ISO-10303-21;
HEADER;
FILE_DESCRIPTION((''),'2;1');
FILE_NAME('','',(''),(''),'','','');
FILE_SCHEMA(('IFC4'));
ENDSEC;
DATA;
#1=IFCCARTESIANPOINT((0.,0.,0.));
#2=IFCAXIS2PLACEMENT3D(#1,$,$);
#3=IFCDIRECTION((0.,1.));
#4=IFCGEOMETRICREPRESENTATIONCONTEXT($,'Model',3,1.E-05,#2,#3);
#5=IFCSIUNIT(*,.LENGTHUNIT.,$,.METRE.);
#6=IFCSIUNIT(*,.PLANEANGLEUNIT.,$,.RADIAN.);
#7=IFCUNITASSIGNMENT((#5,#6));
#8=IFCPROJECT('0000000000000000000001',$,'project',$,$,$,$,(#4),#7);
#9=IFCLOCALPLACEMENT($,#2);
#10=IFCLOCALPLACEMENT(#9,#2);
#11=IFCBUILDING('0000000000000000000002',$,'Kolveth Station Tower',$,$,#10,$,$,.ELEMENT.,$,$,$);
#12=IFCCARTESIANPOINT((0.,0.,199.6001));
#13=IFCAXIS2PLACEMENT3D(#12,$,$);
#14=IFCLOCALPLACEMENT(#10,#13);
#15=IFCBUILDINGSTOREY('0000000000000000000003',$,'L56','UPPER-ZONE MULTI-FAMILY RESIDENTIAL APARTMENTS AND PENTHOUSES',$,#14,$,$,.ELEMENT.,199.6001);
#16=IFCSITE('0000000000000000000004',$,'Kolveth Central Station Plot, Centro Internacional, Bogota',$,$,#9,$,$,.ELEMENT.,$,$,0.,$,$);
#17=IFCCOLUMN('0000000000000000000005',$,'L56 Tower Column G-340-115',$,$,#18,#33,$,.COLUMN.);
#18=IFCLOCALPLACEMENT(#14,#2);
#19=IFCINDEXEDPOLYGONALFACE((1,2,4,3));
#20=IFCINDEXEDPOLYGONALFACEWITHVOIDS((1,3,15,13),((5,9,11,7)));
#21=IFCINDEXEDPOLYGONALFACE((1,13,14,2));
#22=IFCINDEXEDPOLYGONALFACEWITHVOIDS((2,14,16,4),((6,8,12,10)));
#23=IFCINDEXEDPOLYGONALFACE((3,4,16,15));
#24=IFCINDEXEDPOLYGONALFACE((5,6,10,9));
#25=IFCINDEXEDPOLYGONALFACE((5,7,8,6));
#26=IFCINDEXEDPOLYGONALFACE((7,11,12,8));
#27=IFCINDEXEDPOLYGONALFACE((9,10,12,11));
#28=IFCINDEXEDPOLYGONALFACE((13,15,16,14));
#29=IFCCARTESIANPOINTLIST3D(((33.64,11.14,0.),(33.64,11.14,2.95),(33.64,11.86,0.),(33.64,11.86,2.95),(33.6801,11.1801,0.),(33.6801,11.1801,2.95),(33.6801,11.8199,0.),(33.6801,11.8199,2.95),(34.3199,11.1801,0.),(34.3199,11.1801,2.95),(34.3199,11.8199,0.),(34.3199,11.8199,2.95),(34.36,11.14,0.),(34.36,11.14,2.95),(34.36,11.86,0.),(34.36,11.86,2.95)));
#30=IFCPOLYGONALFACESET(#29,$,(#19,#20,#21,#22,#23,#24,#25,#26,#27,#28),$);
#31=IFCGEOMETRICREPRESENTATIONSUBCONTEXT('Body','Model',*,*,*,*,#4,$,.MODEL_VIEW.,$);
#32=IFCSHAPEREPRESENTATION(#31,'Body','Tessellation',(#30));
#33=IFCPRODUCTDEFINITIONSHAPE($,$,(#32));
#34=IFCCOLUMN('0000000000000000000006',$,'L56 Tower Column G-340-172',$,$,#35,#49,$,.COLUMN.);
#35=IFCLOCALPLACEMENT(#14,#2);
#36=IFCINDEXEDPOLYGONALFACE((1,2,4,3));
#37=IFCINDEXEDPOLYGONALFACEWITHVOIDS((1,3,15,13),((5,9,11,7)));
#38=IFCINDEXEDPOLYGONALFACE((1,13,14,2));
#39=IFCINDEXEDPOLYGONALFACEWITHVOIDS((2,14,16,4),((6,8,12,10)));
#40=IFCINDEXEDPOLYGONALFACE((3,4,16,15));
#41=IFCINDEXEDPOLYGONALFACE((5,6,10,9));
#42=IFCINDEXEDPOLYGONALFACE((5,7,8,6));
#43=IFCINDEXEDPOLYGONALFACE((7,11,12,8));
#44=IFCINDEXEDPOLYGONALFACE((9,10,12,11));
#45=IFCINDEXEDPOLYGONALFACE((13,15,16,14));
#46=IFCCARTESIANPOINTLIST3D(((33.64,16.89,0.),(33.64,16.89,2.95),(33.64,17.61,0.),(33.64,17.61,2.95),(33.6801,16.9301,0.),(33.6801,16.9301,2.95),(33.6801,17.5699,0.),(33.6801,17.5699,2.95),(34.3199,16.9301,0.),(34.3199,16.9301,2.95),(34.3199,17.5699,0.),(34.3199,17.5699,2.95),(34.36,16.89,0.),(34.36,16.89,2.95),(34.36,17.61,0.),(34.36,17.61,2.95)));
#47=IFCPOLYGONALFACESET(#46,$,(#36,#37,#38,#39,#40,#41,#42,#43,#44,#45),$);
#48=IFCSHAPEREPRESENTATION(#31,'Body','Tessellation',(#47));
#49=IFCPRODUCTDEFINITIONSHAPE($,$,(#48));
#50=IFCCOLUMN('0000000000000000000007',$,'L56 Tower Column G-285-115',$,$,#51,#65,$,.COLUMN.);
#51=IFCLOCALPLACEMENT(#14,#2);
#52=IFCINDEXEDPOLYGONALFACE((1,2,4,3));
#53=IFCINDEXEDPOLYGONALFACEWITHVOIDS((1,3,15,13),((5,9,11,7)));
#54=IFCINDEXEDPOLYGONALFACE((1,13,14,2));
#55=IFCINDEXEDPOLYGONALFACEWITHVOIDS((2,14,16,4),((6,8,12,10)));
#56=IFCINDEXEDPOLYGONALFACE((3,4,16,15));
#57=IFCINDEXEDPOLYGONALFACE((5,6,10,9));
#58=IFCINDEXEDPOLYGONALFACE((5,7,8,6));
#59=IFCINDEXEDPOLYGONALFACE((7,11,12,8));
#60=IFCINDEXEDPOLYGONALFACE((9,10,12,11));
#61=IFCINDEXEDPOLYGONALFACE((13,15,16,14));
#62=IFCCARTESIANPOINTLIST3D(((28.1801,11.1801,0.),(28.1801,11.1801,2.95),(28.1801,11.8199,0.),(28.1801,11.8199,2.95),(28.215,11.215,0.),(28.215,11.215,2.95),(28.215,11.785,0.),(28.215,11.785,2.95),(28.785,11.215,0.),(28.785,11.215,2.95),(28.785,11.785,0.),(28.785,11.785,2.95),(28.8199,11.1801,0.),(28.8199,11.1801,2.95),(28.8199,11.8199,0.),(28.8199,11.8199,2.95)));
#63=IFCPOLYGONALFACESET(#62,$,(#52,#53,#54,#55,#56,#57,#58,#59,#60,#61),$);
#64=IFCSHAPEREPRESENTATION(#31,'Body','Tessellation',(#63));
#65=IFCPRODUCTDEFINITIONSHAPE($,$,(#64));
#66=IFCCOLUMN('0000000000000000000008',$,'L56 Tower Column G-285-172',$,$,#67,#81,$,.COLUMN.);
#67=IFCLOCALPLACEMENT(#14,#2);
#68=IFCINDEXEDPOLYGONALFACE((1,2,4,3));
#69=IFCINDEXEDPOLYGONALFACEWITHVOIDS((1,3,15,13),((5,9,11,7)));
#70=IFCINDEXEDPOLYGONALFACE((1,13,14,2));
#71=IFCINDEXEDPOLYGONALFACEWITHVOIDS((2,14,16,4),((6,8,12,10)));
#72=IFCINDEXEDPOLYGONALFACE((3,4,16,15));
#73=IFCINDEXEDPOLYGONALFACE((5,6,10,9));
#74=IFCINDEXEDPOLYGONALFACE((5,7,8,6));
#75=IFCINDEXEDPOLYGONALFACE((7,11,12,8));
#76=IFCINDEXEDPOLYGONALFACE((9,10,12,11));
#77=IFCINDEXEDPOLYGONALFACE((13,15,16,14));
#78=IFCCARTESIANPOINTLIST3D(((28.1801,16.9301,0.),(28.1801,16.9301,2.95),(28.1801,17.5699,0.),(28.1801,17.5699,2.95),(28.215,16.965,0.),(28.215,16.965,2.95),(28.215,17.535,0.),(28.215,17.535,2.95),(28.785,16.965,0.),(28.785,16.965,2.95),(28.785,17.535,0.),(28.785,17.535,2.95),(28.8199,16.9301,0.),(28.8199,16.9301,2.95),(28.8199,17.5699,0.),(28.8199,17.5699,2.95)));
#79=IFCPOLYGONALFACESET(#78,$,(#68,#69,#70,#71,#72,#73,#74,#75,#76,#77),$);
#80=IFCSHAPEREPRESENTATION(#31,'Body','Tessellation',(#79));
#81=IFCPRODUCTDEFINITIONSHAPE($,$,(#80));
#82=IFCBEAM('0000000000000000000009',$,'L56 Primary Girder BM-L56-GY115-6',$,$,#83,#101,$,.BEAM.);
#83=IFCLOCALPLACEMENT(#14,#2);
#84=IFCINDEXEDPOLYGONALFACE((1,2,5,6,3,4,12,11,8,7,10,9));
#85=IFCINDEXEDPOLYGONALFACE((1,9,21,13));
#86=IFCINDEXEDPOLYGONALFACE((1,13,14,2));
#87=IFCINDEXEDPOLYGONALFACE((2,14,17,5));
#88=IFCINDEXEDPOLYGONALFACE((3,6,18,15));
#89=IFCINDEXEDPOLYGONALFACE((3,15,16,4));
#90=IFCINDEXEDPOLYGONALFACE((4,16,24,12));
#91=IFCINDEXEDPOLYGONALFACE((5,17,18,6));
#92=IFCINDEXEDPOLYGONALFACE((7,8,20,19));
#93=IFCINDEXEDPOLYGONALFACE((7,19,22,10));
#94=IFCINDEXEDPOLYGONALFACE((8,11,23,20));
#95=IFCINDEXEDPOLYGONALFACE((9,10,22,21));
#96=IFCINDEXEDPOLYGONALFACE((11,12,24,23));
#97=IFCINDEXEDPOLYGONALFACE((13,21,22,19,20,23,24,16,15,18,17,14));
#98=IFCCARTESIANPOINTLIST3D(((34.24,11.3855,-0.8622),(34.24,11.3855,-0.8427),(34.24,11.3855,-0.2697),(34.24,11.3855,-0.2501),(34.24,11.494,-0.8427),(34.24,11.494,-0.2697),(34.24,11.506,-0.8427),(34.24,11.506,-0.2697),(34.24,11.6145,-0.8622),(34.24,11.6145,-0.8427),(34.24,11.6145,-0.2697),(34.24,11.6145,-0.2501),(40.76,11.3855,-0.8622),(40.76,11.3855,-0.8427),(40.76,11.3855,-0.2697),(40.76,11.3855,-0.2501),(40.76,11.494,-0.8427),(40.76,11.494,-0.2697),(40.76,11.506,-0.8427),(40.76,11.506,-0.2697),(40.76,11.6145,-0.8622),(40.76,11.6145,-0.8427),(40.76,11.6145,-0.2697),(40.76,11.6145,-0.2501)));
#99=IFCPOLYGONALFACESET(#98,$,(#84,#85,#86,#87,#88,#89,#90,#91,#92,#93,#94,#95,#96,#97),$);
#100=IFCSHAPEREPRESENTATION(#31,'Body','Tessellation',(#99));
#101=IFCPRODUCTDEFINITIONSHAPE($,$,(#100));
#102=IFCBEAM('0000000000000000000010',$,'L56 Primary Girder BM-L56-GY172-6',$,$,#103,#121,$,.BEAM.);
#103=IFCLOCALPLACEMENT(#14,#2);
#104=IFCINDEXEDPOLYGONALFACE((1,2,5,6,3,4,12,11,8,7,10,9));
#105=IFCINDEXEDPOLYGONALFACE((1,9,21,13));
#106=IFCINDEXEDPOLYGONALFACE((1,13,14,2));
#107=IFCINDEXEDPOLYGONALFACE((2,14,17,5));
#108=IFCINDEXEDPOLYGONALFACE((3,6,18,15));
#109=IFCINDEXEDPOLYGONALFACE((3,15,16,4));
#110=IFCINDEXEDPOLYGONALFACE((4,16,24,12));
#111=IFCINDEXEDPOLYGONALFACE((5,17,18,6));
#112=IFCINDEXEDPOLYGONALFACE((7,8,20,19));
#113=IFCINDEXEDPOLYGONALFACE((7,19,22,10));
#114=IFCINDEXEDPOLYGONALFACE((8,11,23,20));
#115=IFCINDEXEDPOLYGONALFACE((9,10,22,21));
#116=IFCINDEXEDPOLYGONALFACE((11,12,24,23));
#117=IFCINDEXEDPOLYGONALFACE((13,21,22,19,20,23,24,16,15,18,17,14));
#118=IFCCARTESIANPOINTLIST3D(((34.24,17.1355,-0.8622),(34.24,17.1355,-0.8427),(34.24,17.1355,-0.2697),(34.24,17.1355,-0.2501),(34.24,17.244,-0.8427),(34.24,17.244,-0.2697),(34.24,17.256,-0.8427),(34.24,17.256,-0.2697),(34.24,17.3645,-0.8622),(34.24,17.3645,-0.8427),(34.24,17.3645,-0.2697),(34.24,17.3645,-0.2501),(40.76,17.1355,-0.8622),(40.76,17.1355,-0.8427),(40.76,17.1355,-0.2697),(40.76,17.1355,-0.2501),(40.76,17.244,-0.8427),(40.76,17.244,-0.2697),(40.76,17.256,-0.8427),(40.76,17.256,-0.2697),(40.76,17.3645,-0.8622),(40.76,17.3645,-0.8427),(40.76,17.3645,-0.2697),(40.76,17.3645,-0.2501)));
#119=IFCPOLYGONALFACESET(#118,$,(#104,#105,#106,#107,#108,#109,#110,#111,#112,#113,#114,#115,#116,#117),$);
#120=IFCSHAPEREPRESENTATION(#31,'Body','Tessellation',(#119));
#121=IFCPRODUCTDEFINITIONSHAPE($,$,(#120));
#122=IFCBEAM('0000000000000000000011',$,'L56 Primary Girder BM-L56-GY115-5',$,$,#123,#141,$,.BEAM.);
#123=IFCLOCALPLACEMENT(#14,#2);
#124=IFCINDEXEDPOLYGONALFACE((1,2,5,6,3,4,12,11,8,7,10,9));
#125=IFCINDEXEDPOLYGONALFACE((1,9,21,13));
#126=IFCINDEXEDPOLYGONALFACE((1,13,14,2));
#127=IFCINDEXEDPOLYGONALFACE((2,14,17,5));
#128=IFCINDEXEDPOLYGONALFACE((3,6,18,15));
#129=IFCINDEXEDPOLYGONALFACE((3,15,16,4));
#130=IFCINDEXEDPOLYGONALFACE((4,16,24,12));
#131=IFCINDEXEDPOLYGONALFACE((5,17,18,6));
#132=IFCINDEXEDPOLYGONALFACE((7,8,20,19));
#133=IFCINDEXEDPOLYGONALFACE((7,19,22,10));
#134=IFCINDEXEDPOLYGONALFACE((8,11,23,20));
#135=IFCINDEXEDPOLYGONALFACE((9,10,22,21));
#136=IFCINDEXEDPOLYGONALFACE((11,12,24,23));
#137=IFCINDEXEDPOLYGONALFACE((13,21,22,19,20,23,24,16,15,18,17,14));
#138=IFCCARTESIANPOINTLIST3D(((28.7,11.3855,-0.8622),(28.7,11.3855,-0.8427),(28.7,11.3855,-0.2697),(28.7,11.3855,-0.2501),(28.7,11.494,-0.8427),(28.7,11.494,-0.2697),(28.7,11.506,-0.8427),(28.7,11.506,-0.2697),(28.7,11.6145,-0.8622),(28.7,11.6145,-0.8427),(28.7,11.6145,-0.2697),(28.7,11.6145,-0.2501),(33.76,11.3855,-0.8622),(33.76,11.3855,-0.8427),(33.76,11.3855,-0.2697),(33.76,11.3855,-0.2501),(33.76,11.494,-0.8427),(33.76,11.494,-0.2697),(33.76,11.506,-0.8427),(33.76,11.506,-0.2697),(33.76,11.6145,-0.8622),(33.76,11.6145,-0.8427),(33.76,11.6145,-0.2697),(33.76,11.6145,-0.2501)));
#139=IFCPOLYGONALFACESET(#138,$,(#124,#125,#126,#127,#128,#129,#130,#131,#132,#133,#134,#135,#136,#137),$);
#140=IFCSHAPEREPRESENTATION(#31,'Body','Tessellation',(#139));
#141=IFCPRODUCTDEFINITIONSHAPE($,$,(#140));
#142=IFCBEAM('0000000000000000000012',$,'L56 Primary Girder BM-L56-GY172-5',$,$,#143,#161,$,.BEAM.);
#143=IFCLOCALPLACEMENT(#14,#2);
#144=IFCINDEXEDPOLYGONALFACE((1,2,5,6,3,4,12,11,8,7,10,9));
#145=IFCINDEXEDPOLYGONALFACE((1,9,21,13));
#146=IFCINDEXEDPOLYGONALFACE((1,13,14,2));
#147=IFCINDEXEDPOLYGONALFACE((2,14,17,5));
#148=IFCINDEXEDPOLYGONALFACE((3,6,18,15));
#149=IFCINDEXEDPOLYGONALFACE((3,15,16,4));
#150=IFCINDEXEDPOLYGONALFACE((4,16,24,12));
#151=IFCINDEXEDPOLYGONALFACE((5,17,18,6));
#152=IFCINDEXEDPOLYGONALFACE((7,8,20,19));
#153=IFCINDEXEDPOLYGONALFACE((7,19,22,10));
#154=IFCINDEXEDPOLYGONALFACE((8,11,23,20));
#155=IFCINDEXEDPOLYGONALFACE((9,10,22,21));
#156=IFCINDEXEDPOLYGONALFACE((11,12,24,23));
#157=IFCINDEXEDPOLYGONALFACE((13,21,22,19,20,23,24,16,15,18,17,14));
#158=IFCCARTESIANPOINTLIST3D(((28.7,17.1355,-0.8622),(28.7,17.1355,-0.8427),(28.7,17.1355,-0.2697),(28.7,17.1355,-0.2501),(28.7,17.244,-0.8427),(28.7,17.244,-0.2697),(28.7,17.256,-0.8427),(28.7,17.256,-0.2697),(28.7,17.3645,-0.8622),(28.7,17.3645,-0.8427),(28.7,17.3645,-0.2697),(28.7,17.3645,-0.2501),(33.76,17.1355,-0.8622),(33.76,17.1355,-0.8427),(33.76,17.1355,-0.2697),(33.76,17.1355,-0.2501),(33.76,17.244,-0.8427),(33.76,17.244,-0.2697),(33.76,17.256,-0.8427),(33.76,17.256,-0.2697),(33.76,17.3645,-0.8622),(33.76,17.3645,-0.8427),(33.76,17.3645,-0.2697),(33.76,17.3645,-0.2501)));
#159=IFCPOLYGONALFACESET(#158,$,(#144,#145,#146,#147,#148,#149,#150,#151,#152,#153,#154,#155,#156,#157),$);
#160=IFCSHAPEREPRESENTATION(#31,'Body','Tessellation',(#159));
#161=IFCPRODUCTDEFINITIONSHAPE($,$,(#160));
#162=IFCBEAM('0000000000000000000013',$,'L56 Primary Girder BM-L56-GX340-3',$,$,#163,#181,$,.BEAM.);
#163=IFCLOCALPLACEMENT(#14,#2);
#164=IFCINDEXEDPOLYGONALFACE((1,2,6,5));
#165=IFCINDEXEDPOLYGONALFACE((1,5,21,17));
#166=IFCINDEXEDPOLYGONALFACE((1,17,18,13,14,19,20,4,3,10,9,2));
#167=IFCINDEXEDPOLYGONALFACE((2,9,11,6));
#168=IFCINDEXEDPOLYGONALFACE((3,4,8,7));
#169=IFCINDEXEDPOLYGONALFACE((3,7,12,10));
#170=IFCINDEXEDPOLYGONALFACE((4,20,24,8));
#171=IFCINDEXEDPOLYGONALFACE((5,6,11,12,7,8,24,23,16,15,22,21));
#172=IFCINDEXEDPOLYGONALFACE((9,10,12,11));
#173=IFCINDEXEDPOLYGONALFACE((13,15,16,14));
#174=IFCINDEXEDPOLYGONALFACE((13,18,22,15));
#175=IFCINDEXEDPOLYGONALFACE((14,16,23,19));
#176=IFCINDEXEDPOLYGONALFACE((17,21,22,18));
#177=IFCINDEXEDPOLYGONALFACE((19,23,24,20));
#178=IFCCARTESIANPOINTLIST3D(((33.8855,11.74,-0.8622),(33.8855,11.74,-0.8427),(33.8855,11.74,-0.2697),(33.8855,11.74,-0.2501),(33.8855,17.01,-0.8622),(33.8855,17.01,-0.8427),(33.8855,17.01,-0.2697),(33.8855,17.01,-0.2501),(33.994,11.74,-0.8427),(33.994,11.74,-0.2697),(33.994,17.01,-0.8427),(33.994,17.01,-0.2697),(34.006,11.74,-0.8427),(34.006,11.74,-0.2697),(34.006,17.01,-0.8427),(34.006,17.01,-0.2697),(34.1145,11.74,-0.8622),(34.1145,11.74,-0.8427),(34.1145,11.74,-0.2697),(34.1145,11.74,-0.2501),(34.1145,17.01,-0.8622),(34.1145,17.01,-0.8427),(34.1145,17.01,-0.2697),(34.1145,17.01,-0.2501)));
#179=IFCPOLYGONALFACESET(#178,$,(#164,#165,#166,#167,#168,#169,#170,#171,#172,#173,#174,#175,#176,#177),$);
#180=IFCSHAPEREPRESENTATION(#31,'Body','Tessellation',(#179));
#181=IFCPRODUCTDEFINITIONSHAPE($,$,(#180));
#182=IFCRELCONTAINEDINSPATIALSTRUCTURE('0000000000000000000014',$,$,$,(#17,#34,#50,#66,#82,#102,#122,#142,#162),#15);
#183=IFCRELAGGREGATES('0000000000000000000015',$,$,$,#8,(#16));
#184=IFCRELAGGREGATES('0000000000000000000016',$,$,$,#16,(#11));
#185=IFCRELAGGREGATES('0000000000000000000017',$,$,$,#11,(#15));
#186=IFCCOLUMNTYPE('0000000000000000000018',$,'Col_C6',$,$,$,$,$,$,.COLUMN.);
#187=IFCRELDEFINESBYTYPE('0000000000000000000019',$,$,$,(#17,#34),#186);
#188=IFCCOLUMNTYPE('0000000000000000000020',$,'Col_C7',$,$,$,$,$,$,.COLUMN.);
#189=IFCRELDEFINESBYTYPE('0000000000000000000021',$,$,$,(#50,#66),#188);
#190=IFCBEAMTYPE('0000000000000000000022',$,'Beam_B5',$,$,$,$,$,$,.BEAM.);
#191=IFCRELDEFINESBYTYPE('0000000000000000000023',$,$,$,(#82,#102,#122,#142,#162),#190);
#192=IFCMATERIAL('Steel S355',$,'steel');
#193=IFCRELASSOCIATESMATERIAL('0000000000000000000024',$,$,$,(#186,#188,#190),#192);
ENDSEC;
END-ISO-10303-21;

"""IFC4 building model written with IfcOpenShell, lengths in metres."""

from ifc_helpers import new_model, si_unit, direction, frame, origin, origin_2d, place, context, subcontext, project, spatial, hollow_rectangle, i_section, extrude, source, transform, mapped, material, material_profile, profile_set, type_object, element, save


model = new_model("IFC4")

# Units and contexts
model_context = context("Model", 3, precision=1e-05, world=origin(), true_north=direction((0.0, 1.0)))
body_context = subcontext(model_context, "Body", "Model", "MODEL_VIEW")
ifc_project = project(units=[si_unit("LENGTHUNIT", "METRE"), si_unit("PLANEANGLEUNIT", "RADIAN")], contexts=[model_context])

# Site, building, storey
site_placement = place(None, origin())
site = spatial("IfcSite", under=ifc_project, at=site_placement, Name="Kolveth Central Station Plot, Centro Internacional, Bogota", CompositionType="ELEMENT", RefElevation=0.0)
building_placement = place(site_placement, origin())
building = spatial("IfcBuilding", under=site, at=building_placement, Name="Kolveth Station Tower", CompositionType="ELEMENT")
storey_placement = place(building_placement, frame((0.0, 0.0, 199.6001)))
storey = spatial("IfcBuildingStorey", under=building, at=storey_placement, Name="L56", Description="UPPER-ZONE MULTI-FAMILY RESIDENTIAL APARTMENTS AND PENTHOUSES", CompositionType="ELEMENT", Elevation=199.6001)

# Columns
ifc_material_1 = material(Name="Steel S355", Category="steel")
ifc_material_profile_1 = material_profile(ifc_material_1, hollow_rectangle(XDim=0.72, YDim=0.72, WallThickness=0.04, at=origin_2d()), Name="BOX720x720x40")
ifc_profile_set_1 = profile_set([ifc_material_profile_1], Name="Steel S355")
column_type_1 = type_object("IfcColumnType", Name="Col_C6", PredefinedType="COLUMN", material=ifc_profile_set_1)
shared_shape_1 = source(origin(), body_context, "Body", "SweptSolid", [
    extrude(hollow_rectangle(XDim=0.72, YDim=0.72, WallThickness=0.04, at=origin_2d()), origin(), (0.0, 0.0, 1.0), 2.95),
])
for number, where, z_axis, x_axis, name in (
    (1, (34.0, 11.5, 0.0), (0.0, 0.0, 1.0), (1.0, 0.0, 0.0), "L56 Tower Column G-340-115"),
    (2, (34.0, 17.25, 0.0), (0.0, 0.0, 1.0), (1.0, 0.0, 0.0), "L56 Tower Column G-340-172"),
):
    element("IfcColumn", number, at=place(storey_placement, frame(where, z_axis=z_axis, x_axis=x_axis)), inside=storey, type_object=column_type_1, Name=name, PredefinedType="COLUMN", context=body_context, shape_type="MappedRepresentation", body=[
        mapped(shared_shape_1, transform((0.0, 0.0, 0.0), x_axis=(1.0, 0.0, 0.0), y_axis=(0.0, 1.0, 0.0), z_axis=(0.0, 0.0, 1.0), scale=1.0)),
    ])
ifc_material_profile_2 = material_profile(ifc_material_1, hollow_rectangle(XDim=0.6399, YDim=0.6399, WallThickness=0.0349, at=origin_2d()), Name="BOX640x640x35")
ifc_profile_set_2 = profile_set([ifc_material_profile_2], Name="Steel S355")
column_type_2 = type_object("IfcColumnType", Name="Col_C7", PredefinedType="COLUMN", material=ifc_profile_set_2)
shared_shape_2 = source(origin(), body_context, "Body", "SweptSolid", [
    extrude(hollow_rectangle(XDim=0.6399, YDim=0.6399, WallThickness=0.0349, at=origin_2d()), origin(), (0.0, 0.0, 1.0), 2.95),
])
for number, where, z_axis, x_axis, name in (
    (3, (28.5, 11.5, 0.0), (0.0, 0.0, 1.0), (1.0, 0.0, 0.0), "L56 Tower Column G-285-115"),
    (4, (28.5, 17.25, 0.0), (0.0, 0.0, 1.0), (1.0, 0.0, 0.0), "L56 Tower Column G-285-172"),
):
    element("IfcColumn", number, at=place(storey_placement, frame(where, z_axis=z_axis, x_axis=x_axis)), inside=storey, type_object=column_type_2, Name=name, PredefinedType="COLUMN", context=body_context, shape_type="MappedRepresentation", body=[
        mapped(shared_shape_2, transform((0.0, 0.0, 0.0), x_axis=(1.0, 0.0, 0.0), y_axis=(0.0, 1.0, 0.0), z_axis=(0.0, 0.0, 1.0), scale=1.0)),
    ])

# Beams
ifc_material_profile_3 = material_profile(ifc_material_1, i_section(OverallWidth=0.229, OverallDepth=0.6121, WebThickness=0.012, FlangeThickness=0.0195, at=origin_2d()), Name="W610x125")
ifc_profile_set_3 = profile_set([ifc_material_profile_3], Name="Steel S355")
beam_type_1 = type_object("IfcBeamType", Name="Beam_B5", PredefinedType="BEAM", material=ifc_profile_set_3)
shared_shape_3 = source(origin(), body_context, "Body", "SweptSolid", [
    extrude(i_section(OverallWidth=0.229, OverallDepth=0.6121, WebThickness=0.012, FlangeThickness=0.0195, at=origin_2d()), origin(), (0.0, 0.0, 1.0), 6.52),
])
for number, where, z_axis, x_axis, name in (
    (5, (34.24, 11.5, -0.5562), (1.0, 0.0, 0.0), (0.0, 1.0, 0.0), "L56 Primary Girder BM-L56-GY115-6"),
    (6, (34.24, 17.25, -0.5562), (1.0, 0.0, 0.0), (0.0, 1.0, 0.0), "L56 Primary Girder BM-L56-GY172-6"),
):
    element("IfcBeam", number, at=place(storey_placement, frame(where, z_axis=z_axis, x_axis=x_axis)), inside=storey, type_object=beam_type_1, Name=name, PredefinedType="BEAM", context=body_context, shape_type="MappedRepresentation", body=[
        mapped(shared_shape_3, transform((0.0, 0.0, 0.0), x_axis=(1.0, 0.0, 0.0), y_axis=(0.0, 1.0, 0.0), z_axis=(0.0, 0.0, 1.0), scale=1.0)),
    ])
shared_shape_4 = source(origin(), body_context, "Body", "SweptSolid", [
    extrude(i_section(OverallWidth=0.229, OverallDepth=0.6121, WebThickness=0.012, FlangeThickness=0.0195, at=origin_2d()), origin(), (0.0, 0.0, 1.0), 5.0601),
])
for number, where, z_axis, x_axis, name in (
    (7, (28.7, 11.5, -0.5562), (1.0, 0.0, 0.0), (0.0, 1.0, 0.0), "L56 Primary Girder BM-L56-GY115-5"),
    (8, (28.7, 17.25, -0.5562), (1.0, 0.0, 0.0), (0.0, 1.0, 0.0), "L56 Primary Girder BM-L56-GY172-5"),
):
    element("IfcBeam", number, at=place(storey_placement, frame(where, z_axis=z_axis, x_axis=x_axis)), inside=storey, type_object=beam_type_1, Name=name, PredefinedType="BEAM", context=body_context, shape_type="MappedRepresentation", body=[
        mapped(shared_shape_4, transform((0.0, 0.0, 0.0), x_axis=(1.0, 0.0, 0.0), y_axis=(0.0, 1.0, 0.0), z_axis=(0.0, 0.0, 1.0), scale=1.0)),
    ])
shared_shape_5 = source(origin(), body_context, "Body", "SweptSolid", [
    extrude(i_section(OverallWidth=0.229, OverallDepth=0.6121, WebThickness=0.012, FlangeThickness=0.0195, at=origin_2d()), origin(), (0.0, 0.0, 1.0), 5.27),
])
for number, where, z_axis, x_axis, name in (
    (9, (34.0, 11.74, -0.5562), (0.0, 1.0, 0.0), (-1.0, 0.0, 0.0), "L56 Primary Girder BM-L56-GX340-3"),
):
    element("IfcBeam", number, at=place(storey_placement, frame(where, z_axis=z_axis, x_axis=x_axis)), inside=storey, type_object=beam_type_1, Name=name, PredefinedType="BEAM", context=body_context, shape_type="MappedRepresentation", body=[
        mapped(shared_shape_5, transform((0.0, 0.0, 0.0), x_axis=(1.0, 0.0, 0.0), y_axis=(0.0, 1.0, 0.0), z_axis=(0.0, 0.0, 1.0), scale=1.0)),
    ])

save(model, "model.ifc")
